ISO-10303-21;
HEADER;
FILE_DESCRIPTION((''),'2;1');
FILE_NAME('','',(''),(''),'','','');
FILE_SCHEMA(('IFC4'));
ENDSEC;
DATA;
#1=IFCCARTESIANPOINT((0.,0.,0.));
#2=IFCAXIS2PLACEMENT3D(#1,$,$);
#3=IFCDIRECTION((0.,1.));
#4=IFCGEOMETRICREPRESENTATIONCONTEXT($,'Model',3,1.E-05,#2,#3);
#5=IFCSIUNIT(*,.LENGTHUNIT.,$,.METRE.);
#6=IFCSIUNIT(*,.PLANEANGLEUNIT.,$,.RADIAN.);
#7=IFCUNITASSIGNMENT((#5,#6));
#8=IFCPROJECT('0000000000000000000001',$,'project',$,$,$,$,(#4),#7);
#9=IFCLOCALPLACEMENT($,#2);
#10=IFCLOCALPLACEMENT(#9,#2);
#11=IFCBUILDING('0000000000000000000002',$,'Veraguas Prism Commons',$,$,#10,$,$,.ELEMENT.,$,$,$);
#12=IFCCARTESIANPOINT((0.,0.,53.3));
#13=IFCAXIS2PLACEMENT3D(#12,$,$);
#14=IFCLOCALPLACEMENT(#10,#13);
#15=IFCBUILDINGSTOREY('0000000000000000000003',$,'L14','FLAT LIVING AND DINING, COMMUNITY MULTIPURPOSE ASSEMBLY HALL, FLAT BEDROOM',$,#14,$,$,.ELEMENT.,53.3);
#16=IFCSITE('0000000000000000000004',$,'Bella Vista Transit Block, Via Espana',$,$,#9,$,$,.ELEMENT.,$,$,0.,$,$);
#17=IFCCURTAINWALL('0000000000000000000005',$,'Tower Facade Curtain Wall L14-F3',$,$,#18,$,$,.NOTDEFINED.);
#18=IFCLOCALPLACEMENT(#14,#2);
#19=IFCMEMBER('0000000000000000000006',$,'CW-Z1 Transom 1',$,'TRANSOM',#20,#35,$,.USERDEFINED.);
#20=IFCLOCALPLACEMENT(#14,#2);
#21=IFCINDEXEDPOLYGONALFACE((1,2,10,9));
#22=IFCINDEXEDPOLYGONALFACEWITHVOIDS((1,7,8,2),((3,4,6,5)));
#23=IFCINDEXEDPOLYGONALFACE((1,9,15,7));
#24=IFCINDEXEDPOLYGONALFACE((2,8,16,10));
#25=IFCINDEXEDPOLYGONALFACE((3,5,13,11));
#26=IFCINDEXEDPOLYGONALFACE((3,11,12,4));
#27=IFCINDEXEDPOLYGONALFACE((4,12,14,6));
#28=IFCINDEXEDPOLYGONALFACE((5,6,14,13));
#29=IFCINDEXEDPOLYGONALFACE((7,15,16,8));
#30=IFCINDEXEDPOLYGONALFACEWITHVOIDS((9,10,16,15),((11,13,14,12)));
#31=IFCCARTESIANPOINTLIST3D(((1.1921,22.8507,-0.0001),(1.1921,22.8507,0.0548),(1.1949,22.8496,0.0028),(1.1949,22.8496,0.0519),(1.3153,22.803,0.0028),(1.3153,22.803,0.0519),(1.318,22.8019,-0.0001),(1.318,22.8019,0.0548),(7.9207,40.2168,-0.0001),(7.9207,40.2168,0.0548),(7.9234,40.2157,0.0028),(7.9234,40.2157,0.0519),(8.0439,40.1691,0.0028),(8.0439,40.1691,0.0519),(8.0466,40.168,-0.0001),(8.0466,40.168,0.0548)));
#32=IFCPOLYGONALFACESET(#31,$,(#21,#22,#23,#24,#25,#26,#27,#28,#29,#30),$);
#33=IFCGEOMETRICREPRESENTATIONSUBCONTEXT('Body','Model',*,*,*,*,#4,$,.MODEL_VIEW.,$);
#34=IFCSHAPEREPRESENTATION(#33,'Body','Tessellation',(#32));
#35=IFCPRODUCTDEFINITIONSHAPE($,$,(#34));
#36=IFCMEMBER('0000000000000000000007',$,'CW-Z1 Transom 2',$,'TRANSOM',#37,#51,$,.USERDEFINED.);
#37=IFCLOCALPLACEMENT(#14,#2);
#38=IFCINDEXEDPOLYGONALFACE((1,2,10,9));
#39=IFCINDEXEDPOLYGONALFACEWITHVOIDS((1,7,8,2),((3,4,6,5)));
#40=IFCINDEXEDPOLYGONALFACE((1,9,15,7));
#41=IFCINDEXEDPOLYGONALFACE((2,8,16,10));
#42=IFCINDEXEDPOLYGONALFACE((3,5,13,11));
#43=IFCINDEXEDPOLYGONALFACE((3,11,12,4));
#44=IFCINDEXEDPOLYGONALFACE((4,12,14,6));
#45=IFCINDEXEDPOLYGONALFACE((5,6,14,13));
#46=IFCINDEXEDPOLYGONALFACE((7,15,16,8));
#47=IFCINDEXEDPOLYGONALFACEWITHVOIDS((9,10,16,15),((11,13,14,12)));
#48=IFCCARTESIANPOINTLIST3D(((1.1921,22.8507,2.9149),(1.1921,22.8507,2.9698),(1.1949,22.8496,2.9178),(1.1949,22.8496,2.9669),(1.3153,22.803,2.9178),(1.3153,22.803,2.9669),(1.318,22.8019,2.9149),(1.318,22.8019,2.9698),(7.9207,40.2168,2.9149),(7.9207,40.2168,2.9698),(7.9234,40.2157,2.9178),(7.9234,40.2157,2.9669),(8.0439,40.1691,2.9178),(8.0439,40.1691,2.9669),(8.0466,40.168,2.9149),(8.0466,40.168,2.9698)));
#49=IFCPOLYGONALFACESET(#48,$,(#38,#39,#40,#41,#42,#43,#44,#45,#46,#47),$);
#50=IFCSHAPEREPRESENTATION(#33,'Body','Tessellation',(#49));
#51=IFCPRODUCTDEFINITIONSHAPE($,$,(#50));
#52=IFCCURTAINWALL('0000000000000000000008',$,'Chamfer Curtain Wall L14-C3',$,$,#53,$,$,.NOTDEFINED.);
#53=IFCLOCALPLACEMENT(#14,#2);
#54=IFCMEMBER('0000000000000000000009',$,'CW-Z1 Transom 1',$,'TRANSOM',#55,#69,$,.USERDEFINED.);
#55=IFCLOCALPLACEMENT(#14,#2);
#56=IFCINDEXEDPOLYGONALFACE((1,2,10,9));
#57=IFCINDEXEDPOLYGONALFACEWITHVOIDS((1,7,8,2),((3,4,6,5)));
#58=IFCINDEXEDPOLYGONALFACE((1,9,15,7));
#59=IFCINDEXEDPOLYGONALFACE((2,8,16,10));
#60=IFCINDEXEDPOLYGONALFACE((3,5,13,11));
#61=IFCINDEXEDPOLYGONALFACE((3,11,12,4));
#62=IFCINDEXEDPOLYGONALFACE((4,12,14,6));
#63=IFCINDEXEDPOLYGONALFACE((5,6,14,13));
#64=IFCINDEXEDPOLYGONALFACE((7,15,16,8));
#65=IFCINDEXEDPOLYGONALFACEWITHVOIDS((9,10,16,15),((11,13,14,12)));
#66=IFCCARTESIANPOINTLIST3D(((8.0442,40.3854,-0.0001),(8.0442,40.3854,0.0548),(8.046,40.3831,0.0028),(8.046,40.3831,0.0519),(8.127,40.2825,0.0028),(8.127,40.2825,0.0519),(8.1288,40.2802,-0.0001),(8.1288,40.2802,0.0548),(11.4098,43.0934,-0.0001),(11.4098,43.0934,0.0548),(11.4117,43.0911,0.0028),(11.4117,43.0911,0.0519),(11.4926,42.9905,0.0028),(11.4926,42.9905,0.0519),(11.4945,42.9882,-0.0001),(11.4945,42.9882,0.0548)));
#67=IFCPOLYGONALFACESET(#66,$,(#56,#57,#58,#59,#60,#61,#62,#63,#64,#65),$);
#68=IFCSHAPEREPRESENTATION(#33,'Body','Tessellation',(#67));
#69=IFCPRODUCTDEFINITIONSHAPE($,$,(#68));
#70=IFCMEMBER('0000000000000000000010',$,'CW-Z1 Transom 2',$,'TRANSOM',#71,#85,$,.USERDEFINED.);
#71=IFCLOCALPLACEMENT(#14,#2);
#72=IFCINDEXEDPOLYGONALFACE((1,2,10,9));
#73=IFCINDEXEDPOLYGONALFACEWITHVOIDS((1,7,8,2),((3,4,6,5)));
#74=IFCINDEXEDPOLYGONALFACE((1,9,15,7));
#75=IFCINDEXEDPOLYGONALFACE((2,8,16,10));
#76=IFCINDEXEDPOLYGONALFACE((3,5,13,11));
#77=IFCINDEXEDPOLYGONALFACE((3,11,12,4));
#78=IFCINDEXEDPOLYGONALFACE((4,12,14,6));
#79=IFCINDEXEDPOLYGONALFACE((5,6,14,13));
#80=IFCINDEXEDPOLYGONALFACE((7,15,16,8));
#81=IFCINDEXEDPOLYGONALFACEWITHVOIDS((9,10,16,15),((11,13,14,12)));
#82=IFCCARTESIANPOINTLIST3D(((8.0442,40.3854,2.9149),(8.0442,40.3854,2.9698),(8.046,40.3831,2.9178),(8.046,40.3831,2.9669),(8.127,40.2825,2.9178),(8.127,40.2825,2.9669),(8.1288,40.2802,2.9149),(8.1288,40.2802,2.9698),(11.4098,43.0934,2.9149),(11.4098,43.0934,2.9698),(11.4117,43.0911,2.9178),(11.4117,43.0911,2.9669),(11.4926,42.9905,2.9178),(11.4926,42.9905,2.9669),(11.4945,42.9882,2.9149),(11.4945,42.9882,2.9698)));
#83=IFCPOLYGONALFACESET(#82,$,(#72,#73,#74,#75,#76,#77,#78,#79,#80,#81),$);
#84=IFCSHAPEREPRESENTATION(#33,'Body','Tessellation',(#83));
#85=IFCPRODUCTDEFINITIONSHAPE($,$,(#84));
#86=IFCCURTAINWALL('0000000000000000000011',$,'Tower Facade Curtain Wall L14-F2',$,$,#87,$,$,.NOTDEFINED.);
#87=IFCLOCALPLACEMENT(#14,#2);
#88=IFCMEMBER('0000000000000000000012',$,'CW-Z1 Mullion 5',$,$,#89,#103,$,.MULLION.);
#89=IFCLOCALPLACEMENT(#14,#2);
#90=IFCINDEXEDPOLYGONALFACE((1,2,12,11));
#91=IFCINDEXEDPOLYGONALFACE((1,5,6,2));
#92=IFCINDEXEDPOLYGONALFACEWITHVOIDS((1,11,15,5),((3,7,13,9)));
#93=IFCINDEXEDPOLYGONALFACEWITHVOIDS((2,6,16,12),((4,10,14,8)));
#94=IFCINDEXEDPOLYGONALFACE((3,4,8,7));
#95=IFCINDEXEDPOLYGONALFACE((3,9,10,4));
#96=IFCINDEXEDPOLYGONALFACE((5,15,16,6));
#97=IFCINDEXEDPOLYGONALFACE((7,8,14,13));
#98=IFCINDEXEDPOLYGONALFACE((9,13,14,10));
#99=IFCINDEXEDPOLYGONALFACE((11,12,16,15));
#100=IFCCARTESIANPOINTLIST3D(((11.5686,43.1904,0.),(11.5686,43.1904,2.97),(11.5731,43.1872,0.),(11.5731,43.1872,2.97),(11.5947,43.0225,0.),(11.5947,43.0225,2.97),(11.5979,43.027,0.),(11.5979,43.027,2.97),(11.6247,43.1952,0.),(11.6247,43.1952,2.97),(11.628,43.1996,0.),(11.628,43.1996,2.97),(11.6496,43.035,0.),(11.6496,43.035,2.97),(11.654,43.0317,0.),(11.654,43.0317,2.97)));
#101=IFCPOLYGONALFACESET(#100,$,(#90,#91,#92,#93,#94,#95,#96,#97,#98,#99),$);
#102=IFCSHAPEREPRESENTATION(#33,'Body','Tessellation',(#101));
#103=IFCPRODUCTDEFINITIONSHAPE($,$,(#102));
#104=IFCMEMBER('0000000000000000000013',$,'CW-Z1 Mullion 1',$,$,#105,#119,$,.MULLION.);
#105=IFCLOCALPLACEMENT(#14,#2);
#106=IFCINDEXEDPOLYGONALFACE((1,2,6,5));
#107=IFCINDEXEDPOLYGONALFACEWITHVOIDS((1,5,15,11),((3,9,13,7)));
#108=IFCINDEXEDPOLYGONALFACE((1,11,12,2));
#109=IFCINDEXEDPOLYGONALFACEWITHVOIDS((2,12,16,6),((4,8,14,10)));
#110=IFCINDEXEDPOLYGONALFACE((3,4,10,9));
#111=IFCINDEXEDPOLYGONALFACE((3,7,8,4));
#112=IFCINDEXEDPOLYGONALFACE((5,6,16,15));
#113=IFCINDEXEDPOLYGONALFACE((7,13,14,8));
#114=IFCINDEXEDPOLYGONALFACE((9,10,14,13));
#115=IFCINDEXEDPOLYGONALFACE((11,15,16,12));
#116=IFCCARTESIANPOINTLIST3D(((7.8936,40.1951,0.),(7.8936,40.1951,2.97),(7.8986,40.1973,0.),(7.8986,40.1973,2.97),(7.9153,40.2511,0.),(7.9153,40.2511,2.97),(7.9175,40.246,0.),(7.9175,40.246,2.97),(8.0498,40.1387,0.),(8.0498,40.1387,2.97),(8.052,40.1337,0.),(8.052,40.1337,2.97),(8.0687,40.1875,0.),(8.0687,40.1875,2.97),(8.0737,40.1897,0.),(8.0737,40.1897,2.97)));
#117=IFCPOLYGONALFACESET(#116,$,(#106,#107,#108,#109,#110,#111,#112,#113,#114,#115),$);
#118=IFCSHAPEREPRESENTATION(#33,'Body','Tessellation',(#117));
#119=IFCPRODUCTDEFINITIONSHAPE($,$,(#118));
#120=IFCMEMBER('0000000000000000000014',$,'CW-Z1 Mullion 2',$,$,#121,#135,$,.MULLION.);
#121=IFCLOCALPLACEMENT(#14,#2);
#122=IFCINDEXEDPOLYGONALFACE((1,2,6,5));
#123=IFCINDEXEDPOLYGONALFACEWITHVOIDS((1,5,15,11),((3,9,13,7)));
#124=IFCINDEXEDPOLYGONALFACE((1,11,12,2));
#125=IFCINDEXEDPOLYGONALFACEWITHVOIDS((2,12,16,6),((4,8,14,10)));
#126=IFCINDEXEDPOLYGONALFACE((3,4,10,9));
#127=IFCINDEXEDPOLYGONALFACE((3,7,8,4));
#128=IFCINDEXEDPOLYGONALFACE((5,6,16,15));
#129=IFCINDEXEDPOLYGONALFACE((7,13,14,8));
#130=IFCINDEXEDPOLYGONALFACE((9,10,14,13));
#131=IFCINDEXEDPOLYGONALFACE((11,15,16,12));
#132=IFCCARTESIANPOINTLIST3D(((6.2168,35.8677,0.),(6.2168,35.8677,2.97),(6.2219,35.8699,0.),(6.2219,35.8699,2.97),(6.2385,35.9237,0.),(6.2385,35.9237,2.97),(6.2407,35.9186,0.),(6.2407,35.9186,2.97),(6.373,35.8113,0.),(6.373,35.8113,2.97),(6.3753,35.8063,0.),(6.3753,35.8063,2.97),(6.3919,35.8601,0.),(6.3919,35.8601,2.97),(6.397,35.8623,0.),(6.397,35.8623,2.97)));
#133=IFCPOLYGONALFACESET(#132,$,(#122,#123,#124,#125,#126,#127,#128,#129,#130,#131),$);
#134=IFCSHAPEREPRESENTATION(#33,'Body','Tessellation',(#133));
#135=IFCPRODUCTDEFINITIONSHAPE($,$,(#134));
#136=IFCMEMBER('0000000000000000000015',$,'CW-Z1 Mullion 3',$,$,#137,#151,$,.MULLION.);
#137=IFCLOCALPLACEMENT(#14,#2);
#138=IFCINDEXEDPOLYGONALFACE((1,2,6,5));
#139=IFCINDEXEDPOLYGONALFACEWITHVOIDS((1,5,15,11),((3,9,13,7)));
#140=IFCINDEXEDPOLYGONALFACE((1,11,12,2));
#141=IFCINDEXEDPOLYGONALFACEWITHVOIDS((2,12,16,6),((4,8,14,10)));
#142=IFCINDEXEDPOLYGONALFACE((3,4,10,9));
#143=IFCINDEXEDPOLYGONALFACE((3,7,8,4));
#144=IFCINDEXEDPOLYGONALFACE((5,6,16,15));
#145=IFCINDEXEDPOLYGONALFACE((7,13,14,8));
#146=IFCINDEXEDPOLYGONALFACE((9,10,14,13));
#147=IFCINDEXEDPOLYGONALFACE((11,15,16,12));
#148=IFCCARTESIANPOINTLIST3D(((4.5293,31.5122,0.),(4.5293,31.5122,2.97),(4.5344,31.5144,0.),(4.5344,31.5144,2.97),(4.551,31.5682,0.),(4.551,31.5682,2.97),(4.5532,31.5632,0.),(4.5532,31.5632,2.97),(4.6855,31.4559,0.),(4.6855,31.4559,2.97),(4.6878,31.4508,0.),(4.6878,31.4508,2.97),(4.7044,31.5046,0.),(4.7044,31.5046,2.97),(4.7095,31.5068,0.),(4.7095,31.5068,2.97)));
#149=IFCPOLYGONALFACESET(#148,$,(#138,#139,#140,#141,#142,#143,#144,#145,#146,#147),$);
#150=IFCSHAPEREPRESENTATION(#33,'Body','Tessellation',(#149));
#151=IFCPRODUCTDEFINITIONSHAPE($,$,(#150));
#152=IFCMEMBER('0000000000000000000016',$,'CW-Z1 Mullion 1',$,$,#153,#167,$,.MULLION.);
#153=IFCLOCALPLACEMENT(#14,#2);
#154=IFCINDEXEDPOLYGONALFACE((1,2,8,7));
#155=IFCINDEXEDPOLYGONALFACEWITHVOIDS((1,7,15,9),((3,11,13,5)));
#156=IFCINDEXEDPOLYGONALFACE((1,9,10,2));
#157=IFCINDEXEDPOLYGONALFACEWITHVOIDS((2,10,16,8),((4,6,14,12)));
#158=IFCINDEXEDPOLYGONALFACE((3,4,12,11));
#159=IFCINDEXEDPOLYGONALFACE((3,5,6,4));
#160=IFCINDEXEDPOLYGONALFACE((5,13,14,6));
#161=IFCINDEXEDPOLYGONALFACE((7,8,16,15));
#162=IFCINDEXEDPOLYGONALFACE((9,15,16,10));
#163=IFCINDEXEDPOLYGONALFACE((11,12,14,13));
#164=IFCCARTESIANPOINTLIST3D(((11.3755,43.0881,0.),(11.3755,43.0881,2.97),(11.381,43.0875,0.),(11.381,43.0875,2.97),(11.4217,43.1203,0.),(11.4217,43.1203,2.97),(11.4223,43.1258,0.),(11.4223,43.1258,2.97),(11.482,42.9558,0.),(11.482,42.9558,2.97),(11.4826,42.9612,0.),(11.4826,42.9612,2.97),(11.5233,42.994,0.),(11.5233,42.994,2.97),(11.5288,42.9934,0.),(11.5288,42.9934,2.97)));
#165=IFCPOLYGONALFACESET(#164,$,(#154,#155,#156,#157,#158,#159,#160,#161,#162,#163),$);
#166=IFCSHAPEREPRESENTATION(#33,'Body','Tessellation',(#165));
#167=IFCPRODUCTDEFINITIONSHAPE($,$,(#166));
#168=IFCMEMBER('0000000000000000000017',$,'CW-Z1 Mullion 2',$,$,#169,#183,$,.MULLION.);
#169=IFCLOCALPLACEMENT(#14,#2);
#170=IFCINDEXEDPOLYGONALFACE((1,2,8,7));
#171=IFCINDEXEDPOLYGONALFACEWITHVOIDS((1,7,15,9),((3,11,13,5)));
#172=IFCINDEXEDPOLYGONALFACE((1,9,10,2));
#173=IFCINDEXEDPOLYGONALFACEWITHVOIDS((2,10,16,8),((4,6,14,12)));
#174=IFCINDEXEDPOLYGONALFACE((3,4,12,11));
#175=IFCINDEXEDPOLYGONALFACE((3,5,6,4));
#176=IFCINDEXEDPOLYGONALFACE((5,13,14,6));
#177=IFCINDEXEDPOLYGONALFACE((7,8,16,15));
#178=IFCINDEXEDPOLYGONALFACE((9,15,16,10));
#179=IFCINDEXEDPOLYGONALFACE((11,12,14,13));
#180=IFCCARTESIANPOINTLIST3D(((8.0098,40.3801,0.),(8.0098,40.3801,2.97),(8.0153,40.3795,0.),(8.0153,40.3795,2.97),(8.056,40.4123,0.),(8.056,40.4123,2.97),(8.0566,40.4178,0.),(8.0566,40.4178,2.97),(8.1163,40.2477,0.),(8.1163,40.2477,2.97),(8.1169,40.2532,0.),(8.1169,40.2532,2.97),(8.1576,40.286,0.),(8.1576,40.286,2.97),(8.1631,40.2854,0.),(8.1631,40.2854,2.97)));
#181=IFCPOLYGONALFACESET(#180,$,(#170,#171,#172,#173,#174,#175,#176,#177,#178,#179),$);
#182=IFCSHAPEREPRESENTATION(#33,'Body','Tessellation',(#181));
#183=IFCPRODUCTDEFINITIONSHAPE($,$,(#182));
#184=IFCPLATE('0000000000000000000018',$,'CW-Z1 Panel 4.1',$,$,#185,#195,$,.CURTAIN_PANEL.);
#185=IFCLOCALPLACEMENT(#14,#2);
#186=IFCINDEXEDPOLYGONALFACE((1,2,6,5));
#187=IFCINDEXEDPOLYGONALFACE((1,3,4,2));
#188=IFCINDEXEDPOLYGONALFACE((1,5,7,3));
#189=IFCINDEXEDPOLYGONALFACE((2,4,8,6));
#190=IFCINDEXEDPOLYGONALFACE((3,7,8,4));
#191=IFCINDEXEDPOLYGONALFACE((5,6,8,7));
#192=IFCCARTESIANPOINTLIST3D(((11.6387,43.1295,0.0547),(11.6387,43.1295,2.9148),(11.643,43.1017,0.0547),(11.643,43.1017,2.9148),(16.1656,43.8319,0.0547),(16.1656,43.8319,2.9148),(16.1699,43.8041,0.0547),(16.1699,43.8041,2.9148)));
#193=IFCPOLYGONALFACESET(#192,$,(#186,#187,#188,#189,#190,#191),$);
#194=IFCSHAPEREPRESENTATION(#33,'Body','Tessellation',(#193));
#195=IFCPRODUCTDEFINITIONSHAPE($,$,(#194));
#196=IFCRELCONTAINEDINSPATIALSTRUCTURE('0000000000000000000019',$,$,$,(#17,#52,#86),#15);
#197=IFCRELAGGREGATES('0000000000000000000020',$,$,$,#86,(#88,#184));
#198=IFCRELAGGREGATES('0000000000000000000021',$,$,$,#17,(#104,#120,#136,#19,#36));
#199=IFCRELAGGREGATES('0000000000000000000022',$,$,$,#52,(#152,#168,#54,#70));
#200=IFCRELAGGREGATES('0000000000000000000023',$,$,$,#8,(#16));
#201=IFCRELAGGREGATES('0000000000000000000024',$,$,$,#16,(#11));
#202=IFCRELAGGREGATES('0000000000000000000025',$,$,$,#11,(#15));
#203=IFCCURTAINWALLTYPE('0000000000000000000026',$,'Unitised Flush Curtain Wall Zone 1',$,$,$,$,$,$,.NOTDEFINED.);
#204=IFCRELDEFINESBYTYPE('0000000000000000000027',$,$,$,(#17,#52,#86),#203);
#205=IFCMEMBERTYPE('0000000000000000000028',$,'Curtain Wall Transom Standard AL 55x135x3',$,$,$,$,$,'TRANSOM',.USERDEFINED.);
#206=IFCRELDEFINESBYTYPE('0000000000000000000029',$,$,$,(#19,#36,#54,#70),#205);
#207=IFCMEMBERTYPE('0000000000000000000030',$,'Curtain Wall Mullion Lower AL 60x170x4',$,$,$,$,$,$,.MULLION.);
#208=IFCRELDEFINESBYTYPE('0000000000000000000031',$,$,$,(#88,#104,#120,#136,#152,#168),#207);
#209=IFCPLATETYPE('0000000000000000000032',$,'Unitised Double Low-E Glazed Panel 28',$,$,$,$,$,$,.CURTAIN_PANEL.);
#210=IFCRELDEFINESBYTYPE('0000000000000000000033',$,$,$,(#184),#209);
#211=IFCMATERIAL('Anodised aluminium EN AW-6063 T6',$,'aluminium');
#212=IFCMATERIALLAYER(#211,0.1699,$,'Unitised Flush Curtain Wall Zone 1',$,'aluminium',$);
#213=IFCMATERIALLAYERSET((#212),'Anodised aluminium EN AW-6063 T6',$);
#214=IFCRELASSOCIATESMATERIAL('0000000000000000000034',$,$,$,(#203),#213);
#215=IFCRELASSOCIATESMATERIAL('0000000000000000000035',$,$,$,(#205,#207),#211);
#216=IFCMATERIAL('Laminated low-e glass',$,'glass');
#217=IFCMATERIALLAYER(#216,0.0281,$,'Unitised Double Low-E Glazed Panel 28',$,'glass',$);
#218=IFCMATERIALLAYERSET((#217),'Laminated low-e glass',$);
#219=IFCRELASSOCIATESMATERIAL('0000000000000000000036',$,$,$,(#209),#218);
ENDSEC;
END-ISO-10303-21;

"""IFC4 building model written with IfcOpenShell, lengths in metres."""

from ifc_helpers import new_model, si_unit, direction, frame, origin, origin_2d, place, context, subcontext, project, spatial, rectangle, hollow_rectangle, extrude, source, transform, mapped, material, layer, layer_set, material_profile, profile_set, type_object, element, aggregate, save


model = new_model("IFC4")

# Units and contexts
model_context = context("Model", 3, precision=1e-05, world=origin(), true_north=direction((0.0, 1.0)))
body_context = subcontext(model_context, "Body", "Model", "MODEL_VIEW")
ifc_project = project(units=[si_unit("LENGTHUNIT", "METRE"), si_unit("PLANEANGLEUNIT", "RADIAN")], contexts=[model_context])

# Site, building, storey
site_placement = place(None, origin())
site = spatial("IfcSite", under=ifc_project, at=site_placement, Name="Bella Vista Transit Block, Via Espana", CompositionType="ELEMENT", RefElevation=0.0)
building_placement = place(site_placement, origin())
building = spatial("IfcBuilding", under=site, at=building_placement, Name="Veraguas Prism Commons", CompositionType="ELEMENT")
storey_placement = place(building_placement, frame((0.0, 0.0, 53.3)))
storey = spatial("IfcBuildingStorey", under=building, at=storey_placement, Name="L14", Description="FLAT LIVING AND DINING, COMMUNITY MULTIPURPOSE ASSEMBLY HALL, FLAT BEDROOM", CompositionType="ELEMENT", Elevation=53.3)

# Curtain walls, members
ifc_material_1 = material(Name="Anodised aluminium EN AW-6063 T6", Category="aluminium")
ifc_layer_1 = layer(ifc_material_1, 0.1699, Name="Unitised Flush Curtain Wall Zone 1", Category="aluminium")
ifc_layer_set_1 = layer_set([ifc_layer_1], Name="Anodised aluminium EN AW-6063 T6")
curtain_wall_type = type_object("IfcCurtainWallType", Name="Unitised Flush Curtain Wall Zone 1", PredefinedType="NOTDEFINED", material=ifc_layer_set_1)
curtain_wall_1_placement = place(storey_placement, origin())
curtain_wall_1 = element("IfcCurtainWall", 1, at=curtain_wall_1_placement, inside=storey, type_object=curtain_wall_type, Name="Tower Facade Curtain Wall L14-F3", PredefinedType="NOTDEFINED")
ifc_material_profile_1 = material_profile(ifc_material_1, hollow_rectangle(XDim=0.0549, YDim=0.135, WallThickness=0.0029, at=origin_2d()), Name="AL55X135X3")
ifc_profile_set_1 = profile_set([ifc_material_profile_1], Name="Anodised aluminium EN AW-6063 T6")
member_type_1 = type_object("IfcMemberType", Name="Curtain Wall Transom Standard AL 55x135x3", ElementType="TRANSOM", PredefinedType="USERDEFINED", material=ifc_profile_set_1)
shared_shape_1 = source(origin(), body_context, "Body", "SweptSolid", [
    extrude(hollow_rectangle(XDim=0.0549, YDim=0.135, WallThickness=0.0029, at=origin_2d()), origin(), (0.0, 0.0, 1.0), 18.624),
])
member_1_placement = place(storey_placement, frame((7.9836, 40.1924, 0.0273), z_axis=(-0.361284, -0.932456, 0.0), x_axis=(0.0, 0.0, 1.0)))
member_1 = element("IfcMember", 2, at=member_1_placement, type_object=member_type_1, Name="CW-Z1 Transom 1", ObjectType="TRANSOM", PredefinedType="USERDEFINED", context=body_context, shape_type="MappedRepresentation", body=[
    mapped(shared_shape_1, transform((0.0, 0.0, 0.0), scale=1.0)),
])
member_2_placement = place(storey_placement, frame((7.9836, 40.1924, 2.9424), z_axis=(-0.361284, -0.932456, 0.0), x_axis=(0.0, 0.0, 1.0)))
member_2 = element("IfcMember", 3, at=member_2_placement, type_object=member_type_1, Name="CW-Z1 Transom 2", ObjectType="TRANSOM", PredefinedType="USERDEFINED", context=body_context, shape_type="MappedRepresentation", body=[
    mapped(shared_shape_1, transform((0.0, 0.0, 0.0), scale=1.0)),
])
curtain_wall_2_placement = place(storey_placement, origin())
curtain_wall_2 = element("IfcCurtainWall", 4, at=curtain_wall_2_placement, inside=storey, type_object=curtain_wall_type, Name="Chamfer Curtain Wall L14-C3", PredefinedType="NOTDEFINED")
shared_shape_2 = source(origin(), body_context, "Body", "SweptSolid", [
    extrude(hollow_rectangle(XDim=0.0549, YDim=0.135, WallThickness=0.0029, at=origin_2d()), origin(), (0.0, 0.0, 1.0), 4.3198),
])
member_3_placement = place(storey_placement, frame((11.4521, 43.0408, 0.0273), z_axis=(-0.779123, -0.626871, 0.0), x_axis=(0.0, 0.0, 1.0)))
member_3 = element("IfcMember", 5, at=member_3_placement, type_object=member_type_1, Name="CW-Z1 Transom 1", ObjectType="TRANSOM", PredefinedType="USERDEFINED", context=body_context, shape_type="MappedRepresentation", body=[
    mapped(shared_shape_2, transform((0.0, 0.0, 0.0), scale=1.0)),
])
member_4_placement = place(storey_placement, frame((11.4521, 43.0408, 2.9424), z_axis=(-0.779123, -0.626871, 0.0), x_axis=(0.0, 0.0, 1.0)))
member_4 = element("IfcMember", 6, at=member_4_placement, type_object=member_type_1, Name="CW-Z1 Transom 2", ObjectType="TRANSOM", PredefinedType="USERDEFINED", context=body_context, shape_type="MappedRepresentation", body=[
    mapped(shared_shape_2, transform((0.0, 0.0, 0.0), scale=1.0)),
])

# Curtain wall, member
curtain_wall_3_placement = place(storey_placement, origin())
curtain_wall_3 = element("IfcCurtainWall", 7, at=curtain_wall_3_placement, inside=storey, type_object=curtain_wall_type, Name="Tower Facade Curtain Wall L14-F2", PredefinedType="NOTDEFINED")
ifc_material_profile_2 = material_profile(ifc_material_1, hollow_rectangle(XDim=0.0601, YDim=0.1699, WallThickness=0.0039, at=origin_2d()), Name="AL60X170X4")
ifc_profile_set_2 = profile_set([ifc_material_profile_2], Name="Anodised aluminium EN AW-6063 T6")
member_type_2 = type_object("IfcMemberType", Name="Curtain Wall Mullion Lower AL 60x170x4", PredefinedType="MULLION", material=ifc_profile_set_2)
shared_shape_3 = source(origin(), body_context, "Body", "SweptSolid", [
    extrude(hollow_rectangle(XDim=0.0601, YDim=0.1699, WallThickness=0.0039, at=origin_2d()), origin(), (0.0, 0.0, 1.0), 2.97),
])
member_5_placement = place(storey_placement, frame((11.6113, 43.1111, 0.0), z_axis=(0.0, 0.0, 1.0), x_axis=(-0.988175, -0.153331, 0.0)))
member_5 = element("IfcMember", 8, at=member_5_placement, type_object=member_type_2, Name="CW-Z1 Mullion 5", PredefinedType="MULLION", context=body_context, shape_type="MappedRepresentation", body=[
    mapped(shared_shape_3, transform((0.0, 0.0, 0.0), scale=1.0)),
])

# Members
member_6_placement = place(storey_placement, frame((7.9836, 40.1924, 0.0), z_axis=(0.0, 0.0, 1.0), x_axis=(-0.361294, -0.932452, 0.0)))
member_6 = element("IfcMember", 9, at=member_6_placement, type_object=member_type_2, Name="CW-Z1 Mullion 1", PredefinedType="MULLION", context=body_context, shape_type="MappedRepresentation", body=[
    mapped(shared_shape_3, transform((0.0, 0.0, 0.0), scale=1.0)),
])
member_7_placement = place(storey_placement, frame((6.3069, 35.865, 0.0), z_axis=(0.0, 0.0, 1.0), x_axis=(-0.361294, -0.932452, 0.0)))
member_7 = element("IfcMember", 10, at=member_7_placement, type_object=member_type_2, Name="CW-Z1 Mullion 2", PredefinedType="MULLION", context=body_context, shape_type="MappedRepresentation", body=[
    mapped(shared_shape_3, transform((0.0, 0.0, 0.0), scale=1.0)),
])
member_8_placement = place(storey_placement, frame((4.6194, 31.5095, 0.0), z_axis=(0.0, 0.0, 1.0), x_axis=(-0.361294, -0.932452, 0.0)))
member_8 = element("IfcMember", 11, at=member_8_placement, type_object=member_type_2, Name="CW-Z1 Mullion 3", PredefinedType="MULLION", context=body_context, shape_type="MappedRepresentation", body=[
    mapped(shared_shape_3, transform((0.0, 0.0, 0.0), scale=1.0)),
])
member_9_placement = place(storey_placement, frame((11.4521, 43.0408, 0.0), z_axis=(0.0, 0.0, 1.0), x_axis=(-0.779126, -0.626868, 0.0)))
member_9 = element("IfcMember", 12, at=member_9_placement, type_object=member_type_2, Name="CW-Z1 Mullion 1", PredefinedType="MULLION", context=body_context, shape_type="MappedRepresentation", body=[
    mapped(shared_shape_3, transform((0.0, 0.0, 0.0), scale=1.0)),
])
member_10_placement = place(storey_placement, frame((8.0864, 40.3328, 0.0), z_axis=(0.0, 0.0, 1.0), x_axis=(-0.779126, -0.626868, 0.0)))
member_10 = element("IfcMember", 13, at=member_10_placement, type_object=member_type_2, Name="CW-Z1 Mullion 2", PredefinedType="MULLION", context=body_context, shape_type="MappedRepresentation", body=[
    mapped(shared_shape_3, transform((0.0, 0.0, 0.0), scale=1.0)),
])

# Plate
ifc_material_2 = material(Name="Laminated low-e glass", Category="glass")
ifc_layer_2 = layer(ifc_material_2, 0.0281, Name="Unitised Double Low-E Glazed Panel 28", Category="glass")
ifc_layer_set_2 = layer_set([ifc_layer_2], Name="Laminated low-e glass")
plate_type = type_object("IfcPlateType", Name="Unitised Double Low-E Glazed Panel 28", PredefinedType="CURTAIN_PANEL", material=ifc_layer_set_2)
shared_shape_4 = source(origin(), body_context, "Body", "SweptSolid", [
    extrude(rectangle(XDim=4.5811, YDim=0.0281, at=origin_2d()), origin(), (0.0, 0.0, 1.0), 2.8601),
])
plate_1_placement = place(storey_placement, frame((13.9043, 43.4668, 0.0547), z_axis=(0.0, 0.0, 1.0), x_axis=(-0.988175, -0.153331, 0.0)))
plate_1 = element("IfcPlate", 14, at=plate_1_placement, type_object=plate_type, Name="CW-Z1 Panel 4.1", PredefinedType="CURTAIN_PANEL", context=body_context, shape_type="MappedRepresentation", body=[
    mapped(shared_shape_4, transform((0.0, 0.0, 0.0), scale=1.0)),
])
aggregate(curtain_wall_3, [member_5, plate_1])
aggregate(curtain_wall_1, [member_6, member_7, member_8, member_1, member_2])
aggregate(curtain_wall_2, [member_9, member_10, member_3, member_4])

save(model, "model.ifc")
